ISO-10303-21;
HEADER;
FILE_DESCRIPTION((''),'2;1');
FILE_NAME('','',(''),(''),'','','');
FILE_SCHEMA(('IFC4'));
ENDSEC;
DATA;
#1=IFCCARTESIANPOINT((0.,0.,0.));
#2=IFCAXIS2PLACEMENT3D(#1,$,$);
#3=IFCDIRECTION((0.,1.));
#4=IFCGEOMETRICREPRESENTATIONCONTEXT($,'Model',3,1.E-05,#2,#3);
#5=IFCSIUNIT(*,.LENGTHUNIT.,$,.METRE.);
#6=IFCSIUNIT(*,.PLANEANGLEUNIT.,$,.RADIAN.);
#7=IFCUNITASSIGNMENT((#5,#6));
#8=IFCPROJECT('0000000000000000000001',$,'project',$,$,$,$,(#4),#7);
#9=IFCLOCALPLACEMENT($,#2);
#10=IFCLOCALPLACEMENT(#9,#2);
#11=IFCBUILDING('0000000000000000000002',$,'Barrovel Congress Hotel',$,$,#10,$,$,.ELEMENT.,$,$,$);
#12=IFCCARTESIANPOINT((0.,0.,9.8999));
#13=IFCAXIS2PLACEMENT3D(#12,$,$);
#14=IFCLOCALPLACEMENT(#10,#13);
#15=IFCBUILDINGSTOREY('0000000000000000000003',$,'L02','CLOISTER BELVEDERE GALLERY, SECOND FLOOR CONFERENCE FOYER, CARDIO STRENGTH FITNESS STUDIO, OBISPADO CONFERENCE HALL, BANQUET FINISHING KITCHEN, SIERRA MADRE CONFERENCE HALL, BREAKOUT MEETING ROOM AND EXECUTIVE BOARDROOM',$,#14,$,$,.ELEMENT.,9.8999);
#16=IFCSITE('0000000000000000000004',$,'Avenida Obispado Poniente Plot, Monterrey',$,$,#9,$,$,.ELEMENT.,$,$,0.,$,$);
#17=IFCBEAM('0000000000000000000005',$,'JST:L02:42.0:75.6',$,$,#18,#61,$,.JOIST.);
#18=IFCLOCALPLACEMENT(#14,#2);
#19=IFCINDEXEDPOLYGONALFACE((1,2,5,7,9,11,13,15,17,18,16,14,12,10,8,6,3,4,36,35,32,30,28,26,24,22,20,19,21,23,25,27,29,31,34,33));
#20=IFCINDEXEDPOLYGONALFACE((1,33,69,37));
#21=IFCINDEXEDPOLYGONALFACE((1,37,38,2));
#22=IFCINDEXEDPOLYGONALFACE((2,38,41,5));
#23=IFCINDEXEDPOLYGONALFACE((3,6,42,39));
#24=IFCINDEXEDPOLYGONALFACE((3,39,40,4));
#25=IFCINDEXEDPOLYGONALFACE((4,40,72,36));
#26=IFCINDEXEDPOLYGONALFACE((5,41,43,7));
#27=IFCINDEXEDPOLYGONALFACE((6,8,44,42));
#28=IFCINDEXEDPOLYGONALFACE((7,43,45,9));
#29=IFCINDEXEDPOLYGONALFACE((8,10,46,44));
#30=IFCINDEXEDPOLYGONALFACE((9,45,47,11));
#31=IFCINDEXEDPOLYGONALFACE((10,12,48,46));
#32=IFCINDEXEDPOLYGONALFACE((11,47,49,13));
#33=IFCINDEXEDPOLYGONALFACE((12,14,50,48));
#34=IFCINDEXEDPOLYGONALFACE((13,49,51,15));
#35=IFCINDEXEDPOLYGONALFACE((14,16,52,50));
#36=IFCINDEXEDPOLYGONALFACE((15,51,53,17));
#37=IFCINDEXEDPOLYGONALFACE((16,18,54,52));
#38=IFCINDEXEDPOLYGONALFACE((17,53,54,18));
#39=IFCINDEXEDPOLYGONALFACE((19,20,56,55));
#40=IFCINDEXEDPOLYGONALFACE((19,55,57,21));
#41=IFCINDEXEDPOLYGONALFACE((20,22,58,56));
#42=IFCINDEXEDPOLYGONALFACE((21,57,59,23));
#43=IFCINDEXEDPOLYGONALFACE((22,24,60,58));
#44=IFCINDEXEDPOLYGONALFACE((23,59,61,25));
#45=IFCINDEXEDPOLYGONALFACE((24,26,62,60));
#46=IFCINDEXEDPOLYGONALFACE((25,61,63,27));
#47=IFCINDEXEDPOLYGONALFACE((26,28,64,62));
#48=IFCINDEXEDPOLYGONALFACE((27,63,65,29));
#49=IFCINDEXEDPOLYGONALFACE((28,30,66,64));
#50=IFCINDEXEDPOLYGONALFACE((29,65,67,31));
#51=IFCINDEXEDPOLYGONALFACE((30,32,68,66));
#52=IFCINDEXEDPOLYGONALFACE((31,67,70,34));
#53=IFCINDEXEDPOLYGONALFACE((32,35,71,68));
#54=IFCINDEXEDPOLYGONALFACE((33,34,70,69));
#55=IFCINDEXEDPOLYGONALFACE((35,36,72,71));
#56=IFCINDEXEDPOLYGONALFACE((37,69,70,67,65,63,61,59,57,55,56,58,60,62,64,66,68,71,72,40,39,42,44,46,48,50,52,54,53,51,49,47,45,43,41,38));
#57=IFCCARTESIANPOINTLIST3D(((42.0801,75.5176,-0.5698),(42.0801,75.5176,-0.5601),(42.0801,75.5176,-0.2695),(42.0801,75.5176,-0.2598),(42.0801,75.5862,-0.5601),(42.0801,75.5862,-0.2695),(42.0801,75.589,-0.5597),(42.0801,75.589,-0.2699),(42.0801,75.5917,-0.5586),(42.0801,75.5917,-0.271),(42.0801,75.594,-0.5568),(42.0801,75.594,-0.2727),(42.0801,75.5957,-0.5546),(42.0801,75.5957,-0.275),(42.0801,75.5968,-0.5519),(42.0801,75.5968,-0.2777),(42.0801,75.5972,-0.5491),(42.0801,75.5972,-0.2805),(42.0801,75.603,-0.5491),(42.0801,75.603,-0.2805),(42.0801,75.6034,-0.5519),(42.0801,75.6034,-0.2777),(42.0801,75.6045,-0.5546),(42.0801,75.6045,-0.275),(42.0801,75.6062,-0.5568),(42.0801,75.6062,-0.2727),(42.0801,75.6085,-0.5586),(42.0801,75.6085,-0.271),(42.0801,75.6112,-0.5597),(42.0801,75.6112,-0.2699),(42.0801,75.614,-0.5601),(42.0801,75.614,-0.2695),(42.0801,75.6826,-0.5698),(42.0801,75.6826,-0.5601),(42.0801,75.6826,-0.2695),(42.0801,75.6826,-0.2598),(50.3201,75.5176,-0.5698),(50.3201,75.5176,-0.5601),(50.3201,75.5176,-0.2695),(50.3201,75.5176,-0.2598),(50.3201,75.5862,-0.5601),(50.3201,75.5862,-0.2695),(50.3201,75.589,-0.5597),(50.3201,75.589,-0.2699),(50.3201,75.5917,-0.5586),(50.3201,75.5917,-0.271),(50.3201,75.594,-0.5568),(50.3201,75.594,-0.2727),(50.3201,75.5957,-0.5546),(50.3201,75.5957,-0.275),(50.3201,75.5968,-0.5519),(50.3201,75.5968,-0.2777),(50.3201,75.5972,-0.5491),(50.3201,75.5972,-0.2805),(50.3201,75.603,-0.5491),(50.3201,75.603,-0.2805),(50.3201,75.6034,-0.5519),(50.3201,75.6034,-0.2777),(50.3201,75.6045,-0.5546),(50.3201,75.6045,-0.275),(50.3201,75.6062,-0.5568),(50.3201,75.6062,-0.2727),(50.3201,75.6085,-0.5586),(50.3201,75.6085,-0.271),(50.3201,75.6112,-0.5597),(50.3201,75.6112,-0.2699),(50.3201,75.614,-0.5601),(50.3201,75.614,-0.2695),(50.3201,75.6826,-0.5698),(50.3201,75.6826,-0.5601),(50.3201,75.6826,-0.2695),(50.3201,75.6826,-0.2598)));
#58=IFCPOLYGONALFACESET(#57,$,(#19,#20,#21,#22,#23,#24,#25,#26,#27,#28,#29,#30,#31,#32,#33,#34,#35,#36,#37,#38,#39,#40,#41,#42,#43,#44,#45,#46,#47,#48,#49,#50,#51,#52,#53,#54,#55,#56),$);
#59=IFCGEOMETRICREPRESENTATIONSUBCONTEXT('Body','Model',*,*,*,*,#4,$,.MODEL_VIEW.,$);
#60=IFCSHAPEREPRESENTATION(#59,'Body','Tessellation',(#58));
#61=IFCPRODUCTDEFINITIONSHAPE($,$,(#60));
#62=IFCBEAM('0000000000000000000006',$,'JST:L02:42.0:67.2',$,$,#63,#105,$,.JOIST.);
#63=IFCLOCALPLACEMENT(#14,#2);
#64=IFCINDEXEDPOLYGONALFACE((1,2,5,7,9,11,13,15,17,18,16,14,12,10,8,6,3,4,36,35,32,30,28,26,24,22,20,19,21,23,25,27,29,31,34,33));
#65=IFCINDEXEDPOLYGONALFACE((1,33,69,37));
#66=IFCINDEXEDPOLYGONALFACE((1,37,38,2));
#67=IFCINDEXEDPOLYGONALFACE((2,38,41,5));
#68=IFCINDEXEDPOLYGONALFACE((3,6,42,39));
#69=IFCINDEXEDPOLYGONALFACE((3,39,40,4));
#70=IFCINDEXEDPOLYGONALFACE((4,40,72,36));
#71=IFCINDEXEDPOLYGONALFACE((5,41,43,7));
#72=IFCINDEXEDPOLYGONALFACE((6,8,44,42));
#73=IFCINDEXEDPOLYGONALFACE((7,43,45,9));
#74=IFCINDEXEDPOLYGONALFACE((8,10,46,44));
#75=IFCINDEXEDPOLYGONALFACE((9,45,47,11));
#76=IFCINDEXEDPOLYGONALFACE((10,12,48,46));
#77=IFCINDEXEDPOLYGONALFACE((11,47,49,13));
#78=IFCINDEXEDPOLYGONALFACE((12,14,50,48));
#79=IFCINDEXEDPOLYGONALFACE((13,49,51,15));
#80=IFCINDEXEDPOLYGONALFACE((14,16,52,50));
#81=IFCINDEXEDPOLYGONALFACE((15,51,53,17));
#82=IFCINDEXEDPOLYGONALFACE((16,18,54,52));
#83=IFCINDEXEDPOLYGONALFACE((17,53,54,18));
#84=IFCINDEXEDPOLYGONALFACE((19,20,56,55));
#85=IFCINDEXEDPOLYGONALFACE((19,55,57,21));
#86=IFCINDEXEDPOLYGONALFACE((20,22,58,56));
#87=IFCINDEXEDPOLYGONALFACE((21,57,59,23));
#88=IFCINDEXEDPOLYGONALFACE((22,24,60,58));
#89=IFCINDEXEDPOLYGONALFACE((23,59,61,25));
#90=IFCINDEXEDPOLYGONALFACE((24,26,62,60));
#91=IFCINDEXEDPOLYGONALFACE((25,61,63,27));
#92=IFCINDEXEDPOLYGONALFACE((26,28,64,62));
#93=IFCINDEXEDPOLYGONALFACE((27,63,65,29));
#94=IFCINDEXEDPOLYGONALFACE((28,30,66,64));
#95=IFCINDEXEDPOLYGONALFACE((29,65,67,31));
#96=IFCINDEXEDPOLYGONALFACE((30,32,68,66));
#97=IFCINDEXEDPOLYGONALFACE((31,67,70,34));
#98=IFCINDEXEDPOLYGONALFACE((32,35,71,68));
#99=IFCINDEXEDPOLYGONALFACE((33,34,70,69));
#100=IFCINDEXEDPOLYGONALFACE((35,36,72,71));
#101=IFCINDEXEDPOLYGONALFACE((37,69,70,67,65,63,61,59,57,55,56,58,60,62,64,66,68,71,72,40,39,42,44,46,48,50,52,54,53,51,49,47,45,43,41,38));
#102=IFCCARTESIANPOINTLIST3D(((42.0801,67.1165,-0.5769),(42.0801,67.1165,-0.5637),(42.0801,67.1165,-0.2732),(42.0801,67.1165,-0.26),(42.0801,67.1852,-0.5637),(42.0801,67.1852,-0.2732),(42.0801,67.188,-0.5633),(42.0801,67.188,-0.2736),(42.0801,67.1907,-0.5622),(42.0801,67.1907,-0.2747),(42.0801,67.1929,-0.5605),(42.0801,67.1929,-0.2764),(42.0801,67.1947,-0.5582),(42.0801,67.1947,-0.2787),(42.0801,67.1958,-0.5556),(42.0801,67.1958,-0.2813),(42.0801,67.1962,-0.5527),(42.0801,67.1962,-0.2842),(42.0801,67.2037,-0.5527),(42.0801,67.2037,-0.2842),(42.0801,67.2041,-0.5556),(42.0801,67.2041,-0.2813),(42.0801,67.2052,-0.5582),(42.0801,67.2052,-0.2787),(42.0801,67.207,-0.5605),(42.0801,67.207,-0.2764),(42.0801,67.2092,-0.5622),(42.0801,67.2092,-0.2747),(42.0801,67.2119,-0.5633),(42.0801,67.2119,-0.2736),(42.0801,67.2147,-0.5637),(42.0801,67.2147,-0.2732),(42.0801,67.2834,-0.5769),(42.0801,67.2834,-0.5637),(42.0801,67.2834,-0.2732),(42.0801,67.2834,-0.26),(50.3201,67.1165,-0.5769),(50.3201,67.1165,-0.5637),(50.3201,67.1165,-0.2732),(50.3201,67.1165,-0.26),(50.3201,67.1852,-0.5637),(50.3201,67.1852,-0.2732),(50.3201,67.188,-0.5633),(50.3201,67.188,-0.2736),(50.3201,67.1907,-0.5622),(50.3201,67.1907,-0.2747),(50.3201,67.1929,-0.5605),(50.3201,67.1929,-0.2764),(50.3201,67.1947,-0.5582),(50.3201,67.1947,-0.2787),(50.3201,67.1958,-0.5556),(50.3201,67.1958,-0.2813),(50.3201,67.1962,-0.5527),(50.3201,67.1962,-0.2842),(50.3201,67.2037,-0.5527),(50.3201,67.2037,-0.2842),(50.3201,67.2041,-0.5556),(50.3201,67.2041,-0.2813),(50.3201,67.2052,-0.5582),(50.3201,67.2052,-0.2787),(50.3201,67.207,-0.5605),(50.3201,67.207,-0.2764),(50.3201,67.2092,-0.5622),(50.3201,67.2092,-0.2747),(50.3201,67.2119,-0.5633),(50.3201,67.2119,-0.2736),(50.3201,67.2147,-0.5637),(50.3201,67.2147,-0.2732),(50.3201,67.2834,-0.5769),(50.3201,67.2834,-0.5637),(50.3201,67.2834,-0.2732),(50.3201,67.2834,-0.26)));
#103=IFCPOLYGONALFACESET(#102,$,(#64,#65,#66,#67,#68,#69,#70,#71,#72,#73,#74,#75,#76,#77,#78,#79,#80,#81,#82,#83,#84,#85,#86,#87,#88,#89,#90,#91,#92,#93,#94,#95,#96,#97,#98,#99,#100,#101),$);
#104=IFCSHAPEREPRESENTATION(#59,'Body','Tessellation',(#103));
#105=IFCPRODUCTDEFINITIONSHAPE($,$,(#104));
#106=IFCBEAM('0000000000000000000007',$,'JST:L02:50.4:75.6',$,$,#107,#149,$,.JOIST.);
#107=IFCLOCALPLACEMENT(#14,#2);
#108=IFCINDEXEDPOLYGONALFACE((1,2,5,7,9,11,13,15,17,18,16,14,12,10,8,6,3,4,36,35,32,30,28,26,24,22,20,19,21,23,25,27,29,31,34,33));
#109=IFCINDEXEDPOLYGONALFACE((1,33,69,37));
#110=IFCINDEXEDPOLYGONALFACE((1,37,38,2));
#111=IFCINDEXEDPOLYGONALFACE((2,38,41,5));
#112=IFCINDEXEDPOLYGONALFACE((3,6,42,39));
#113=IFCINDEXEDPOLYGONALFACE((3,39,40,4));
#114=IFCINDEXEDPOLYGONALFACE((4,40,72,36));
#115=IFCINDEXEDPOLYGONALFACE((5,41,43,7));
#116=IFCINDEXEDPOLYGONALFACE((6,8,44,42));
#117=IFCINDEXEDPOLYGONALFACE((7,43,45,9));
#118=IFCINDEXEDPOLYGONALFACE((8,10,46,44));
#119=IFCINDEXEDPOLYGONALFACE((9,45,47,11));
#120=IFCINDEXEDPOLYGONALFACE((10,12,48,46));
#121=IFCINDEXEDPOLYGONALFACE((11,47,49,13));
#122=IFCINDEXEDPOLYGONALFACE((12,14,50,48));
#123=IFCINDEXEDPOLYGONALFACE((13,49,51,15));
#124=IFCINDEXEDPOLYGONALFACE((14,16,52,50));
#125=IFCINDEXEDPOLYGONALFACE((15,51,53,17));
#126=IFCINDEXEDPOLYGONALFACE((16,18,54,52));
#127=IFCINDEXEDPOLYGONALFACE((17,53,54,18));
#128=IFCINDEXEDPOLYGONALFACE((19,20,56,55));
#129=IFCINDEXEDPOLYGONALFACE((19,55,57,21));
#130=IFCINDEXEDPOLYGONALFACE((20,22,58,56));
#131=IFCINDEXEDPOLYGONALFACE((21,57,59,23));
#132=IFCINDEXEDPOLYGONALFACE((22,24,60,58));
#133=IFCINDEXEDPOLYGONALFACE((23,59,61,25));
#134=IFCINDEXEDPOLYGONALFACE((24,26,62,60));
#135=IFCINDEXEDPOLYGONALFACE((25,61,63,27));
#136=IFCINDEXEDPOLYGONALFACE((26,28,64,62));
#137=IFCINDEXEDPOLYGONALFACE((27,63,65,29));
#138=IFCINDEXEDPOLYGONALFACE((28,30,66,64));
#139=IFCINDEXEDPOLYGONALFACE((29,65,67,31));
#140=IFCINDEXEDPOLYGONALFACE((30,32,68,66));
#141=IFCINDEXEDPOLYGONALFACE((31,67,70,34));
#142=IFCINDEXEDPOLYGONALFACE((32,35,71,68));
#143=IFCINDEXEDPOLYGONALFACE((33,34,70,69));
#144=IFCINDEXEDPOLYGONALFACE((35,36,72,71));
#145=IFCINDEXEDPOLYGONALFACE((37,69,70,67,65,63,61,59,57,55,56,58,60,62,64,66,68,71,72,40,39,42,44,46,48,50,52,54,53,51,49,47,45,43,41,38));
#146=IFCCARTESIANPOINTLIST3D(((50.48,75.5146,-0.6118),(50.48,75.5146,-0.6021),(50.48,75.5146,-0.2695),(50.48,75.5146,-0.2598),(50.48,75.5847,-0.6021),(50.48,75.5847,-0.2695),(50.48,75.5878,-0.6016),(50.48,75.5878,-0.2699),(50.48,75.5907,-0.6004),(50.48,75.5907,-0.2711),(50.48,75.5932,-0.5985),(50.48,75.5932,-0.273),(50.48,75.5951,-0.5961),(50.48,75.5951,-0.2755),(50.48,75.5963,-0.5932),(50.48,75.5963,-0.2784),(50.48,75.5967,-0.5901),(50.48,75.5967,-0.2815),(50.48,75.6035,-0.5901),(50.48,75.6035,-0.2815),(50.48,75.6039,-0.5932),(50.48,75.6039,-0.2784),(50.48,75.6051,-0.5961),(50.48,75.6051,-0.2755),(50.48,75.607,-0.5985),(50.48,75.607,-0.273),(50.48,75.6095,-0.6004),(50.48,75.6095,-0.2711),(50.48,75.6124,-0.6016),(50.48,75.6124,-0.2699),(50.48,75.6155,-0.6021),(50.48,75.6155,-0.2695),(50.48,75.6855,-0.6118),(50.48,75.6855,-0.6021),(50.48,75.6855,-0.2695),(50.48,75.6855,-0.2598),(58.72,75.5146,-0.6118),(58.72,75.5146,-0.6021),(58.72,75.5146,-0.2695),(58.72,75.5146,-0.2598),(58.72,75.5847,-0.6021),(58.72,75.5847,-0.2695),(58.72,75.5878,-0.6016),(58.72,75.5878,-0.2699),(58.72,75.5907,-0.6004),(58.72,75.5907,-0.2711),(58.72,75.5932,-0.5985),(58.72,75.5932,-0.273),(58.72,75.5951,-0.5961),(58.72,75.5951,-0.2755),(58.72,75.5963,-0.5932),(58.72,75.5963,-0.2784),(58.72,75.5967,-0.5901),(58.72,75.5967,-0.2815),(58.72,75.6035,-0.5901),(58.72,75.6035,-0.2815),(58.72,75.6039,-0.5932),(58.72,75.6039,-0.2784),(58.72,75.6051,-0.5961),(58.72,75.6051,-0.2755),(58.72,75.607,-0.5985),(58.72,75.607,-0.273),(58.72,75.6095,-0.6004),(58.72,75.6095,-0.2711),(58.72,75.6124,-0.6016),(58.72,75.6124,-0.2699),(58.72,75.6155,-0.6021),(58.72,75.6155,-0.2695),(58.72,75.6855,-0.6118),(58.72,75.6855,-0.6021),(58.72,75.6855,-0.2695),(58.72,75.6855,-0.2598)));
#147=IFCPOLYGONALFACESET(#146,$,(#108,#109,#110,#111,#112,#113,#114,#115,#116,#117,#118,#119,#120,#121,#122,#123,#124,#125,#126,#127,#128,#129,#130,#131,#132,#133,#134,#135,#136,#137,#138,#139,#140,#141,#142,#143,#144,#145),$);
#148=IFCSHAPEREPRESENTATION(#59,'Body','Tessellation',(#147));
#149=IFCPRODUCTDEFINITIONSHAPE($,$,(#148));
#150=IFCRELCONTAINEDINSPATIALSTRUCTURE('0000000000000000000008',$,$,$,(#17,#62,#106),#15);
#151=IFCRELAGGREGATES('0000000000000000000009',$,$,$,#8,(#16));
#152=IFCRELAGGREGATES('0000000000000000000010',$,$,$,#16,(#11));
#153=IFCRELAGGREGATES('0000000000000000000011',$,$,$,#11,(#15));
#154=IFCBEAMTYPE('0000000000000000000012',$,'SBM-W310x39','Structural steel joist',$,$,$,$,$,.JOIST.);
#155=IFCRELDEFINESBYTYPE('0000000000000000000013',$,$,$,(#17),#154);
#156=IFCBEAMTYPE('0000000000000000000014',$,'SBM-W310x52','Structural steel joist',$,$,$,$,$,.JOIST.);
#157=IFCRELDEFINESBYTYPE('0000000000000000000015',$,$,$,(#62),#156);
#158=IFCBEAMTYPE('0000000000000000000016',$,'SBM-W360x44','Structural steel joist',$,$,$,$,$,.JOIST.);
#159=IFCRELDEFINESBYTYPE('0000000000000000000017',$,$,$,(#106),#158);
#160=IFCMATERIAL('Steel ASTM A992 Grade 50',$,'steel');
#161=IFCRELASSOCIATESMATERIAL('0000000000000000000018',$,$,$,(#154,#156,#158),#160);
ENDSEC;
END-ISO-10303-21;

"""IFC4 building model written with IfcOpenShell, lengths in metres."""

from ifc_helpers import new_model, si_unit, direction, frame, origin, origin_2d, place, context, subcontext, project, spatial, i_section, extrude, material, material_profile, profile_set, type_object, element, save


model = new_model("IFC4")

# Units and contexts
model_context = context("Model", 3, precision=1e-05, world=origin(), true_north=direction((0.0, 1.0)))
body_context = subcontext(model_context, "Body", "Model", "MODEL_VIEW")
ifc_project = project(units=[si_unit("LENGTHUNIT", "METRE"), si_unit("PLANEANGLEUNIT", "RADIAN")], contexts=[model_context])

# Site, building, storey
site_placement = place(None, origin())
site = spatial("IfcSite", under=ifc_project, at=site_placement, Name="Avenida Obispado Poniente Plot, Monterrey", CompositionType="ELEMENT", RefElevation=0.0)
building_placement = place(site_placement, origin())
building = spatial("IfcBuilding", under=site, at=building_placement, Name="Barrovel Congress Hotel", CompositionType="ELEMENT")
storey_placement = place(building_placement, frame((0.0, 0.0, 9.8999)))
storey = spatial("IfcBuildingStorey", under=building, at=storey_placement, Name="L02", Description="CLOISTER BELVEDERE GALLERY, SECOND FLOOR CONFERENCE FOYER, CARDIO STRENGTH FITNESS STUDIO, OBISPADO CONFERENCE HALL, BANQUET FINISHING KITCHEN, SIERRA MADRE CONFERENCE HALL, BREAKOUT MEETING ROOM AND EXECUTIVE BOARDROOM", CompositionType="ELEMENT", Elevation=9.8999)

# Beams
ifc_material_1 = material(Name="Steel ASTM A992 Grade 50", Category="steel")
ifc_material_profile_1 = material_profile(ifc_material_1, i_section(OverallWidth=0.165, OverallDepth=0.3101, WebThickness=0.0059, FlangeThickness=0.0098, FilletRadius=0.011, at=origin_2d()), Name="W310x39")
ifc_profile_set_1 = profile_set([ifc_material_profile_1], Name="Steel ASTM A992 Grade 50")
beam_type_1 = type_object("IfcBeamType", Name="SBM-W310x39", Description="Structural steel joist", PredefinedType="JOIST", material=ifc_profile_set_1)
beam_1_placement = place(storey_placement, frame((42.0801, 75.6001, -0.4148), z_axis=(1.0, 0.0, 0.0), x_axis=(0.0, 1.0, 0.0)))
element("IfcBeam", 1, at=beam_1_placement, inside=storey, type_object=beam_type_1, Name="JST:L02:42.0:75.6", PredefinedType="JOIST", context=body_context, shape_type="SweptSolid", body=[
    extrude(i_section(OverallWidth=0.165, OverallDepth=0.3101, WebThickness=0.0059, FlangeThickness=0.0098, FilletRadius=0.011, at=origin_2d()), origin(), (0.0, 0.0, 1.0), 8.24),
])
ifc_material_profile_2 = material_profile(ifc_material_1, i_section(OverallWidth=0.167, OverallDepth=0.3169, WebThickness=0.0076, FlangeThickness=0.0132, FilletRadius=0.011, at=origin_2d()), Name="W310x52")
ifc_profile_set_2 = profile_set([ifc_material_profile_2], Name="Steel ASTM A992 Grade 50")
beam_type_2 = type_object("IfcBeamType", Name="SBM-W310x52", Description="Structural steel joist", PredefinedType="JOIST", material=ifc_profile_set_2)
beam_2_placement = place(storey_placement, frame((42.0801, 67.2, -0.4185), z_axis=(1.0, 0.0, 0.0), x_axis=(0.0, 1.0, 0.0)))
element("IfcBeam", 2, at=beam_2_placement, inside=storey, type_object=beam_type_2, Name="JST:L02:42.0:67.2", PredefinedType="JOIST", context=body_context, shape_type="SweptSolid", body=[
    extrude(i_section(OverallWidth=0.167, OverallDepth=0.3169, WebThickness=0.0076, FlangeThickness=0.0132, FilletRadius=0.011, at=origin_2d()), origin(), (0.0, 0.0, 1.0), 8.24),
])
ifc_material_profile_3 = material_profile(ifc_material_1, i_section(OverallWidth=0.1709, OverallDepth=0.3521, WebThickness=0.0068, FlangeThickness=0.0098, FilletRadius=0.012, at=origin_2d()), Name="W360x44")
ifc_profile_set_3 = profile_set([ifc_material_profile_3], Name="Steel ASTM A992 Grade 50")
beam_type_3 = type_object("IfcBeamType", Name="SBM-W360x44", Description="Structural steel joist", PredefinedType="JOIST", material=ifc_profile_set_3)
beam_3_placement = place(storey_placement, frame((50.48, 75.6001, -0.4358), z_axis=(1.0, 0.0, 0.0), x_axis=(0.0, 1.0, 0.0)))
element("IfcBeam", 3, at=beam_3_placement, inside=storey, type_object=beam_type_3, Name="JST:L02:50.4:75.6", PredefinedType="JOIST", context=body_context, shape_type="SweptSolid", body=[
    extrude(i_section(OverallWidth=0.1709, OverallDepth=0.3521, WebThickness=0.0068, FlangeThickness=0.0098, FilletRadius=0.012, at=origin_2d()), origin(), (0.0, 0.0, 1.0), 8.24),
])

save(model, "model.ifc")
